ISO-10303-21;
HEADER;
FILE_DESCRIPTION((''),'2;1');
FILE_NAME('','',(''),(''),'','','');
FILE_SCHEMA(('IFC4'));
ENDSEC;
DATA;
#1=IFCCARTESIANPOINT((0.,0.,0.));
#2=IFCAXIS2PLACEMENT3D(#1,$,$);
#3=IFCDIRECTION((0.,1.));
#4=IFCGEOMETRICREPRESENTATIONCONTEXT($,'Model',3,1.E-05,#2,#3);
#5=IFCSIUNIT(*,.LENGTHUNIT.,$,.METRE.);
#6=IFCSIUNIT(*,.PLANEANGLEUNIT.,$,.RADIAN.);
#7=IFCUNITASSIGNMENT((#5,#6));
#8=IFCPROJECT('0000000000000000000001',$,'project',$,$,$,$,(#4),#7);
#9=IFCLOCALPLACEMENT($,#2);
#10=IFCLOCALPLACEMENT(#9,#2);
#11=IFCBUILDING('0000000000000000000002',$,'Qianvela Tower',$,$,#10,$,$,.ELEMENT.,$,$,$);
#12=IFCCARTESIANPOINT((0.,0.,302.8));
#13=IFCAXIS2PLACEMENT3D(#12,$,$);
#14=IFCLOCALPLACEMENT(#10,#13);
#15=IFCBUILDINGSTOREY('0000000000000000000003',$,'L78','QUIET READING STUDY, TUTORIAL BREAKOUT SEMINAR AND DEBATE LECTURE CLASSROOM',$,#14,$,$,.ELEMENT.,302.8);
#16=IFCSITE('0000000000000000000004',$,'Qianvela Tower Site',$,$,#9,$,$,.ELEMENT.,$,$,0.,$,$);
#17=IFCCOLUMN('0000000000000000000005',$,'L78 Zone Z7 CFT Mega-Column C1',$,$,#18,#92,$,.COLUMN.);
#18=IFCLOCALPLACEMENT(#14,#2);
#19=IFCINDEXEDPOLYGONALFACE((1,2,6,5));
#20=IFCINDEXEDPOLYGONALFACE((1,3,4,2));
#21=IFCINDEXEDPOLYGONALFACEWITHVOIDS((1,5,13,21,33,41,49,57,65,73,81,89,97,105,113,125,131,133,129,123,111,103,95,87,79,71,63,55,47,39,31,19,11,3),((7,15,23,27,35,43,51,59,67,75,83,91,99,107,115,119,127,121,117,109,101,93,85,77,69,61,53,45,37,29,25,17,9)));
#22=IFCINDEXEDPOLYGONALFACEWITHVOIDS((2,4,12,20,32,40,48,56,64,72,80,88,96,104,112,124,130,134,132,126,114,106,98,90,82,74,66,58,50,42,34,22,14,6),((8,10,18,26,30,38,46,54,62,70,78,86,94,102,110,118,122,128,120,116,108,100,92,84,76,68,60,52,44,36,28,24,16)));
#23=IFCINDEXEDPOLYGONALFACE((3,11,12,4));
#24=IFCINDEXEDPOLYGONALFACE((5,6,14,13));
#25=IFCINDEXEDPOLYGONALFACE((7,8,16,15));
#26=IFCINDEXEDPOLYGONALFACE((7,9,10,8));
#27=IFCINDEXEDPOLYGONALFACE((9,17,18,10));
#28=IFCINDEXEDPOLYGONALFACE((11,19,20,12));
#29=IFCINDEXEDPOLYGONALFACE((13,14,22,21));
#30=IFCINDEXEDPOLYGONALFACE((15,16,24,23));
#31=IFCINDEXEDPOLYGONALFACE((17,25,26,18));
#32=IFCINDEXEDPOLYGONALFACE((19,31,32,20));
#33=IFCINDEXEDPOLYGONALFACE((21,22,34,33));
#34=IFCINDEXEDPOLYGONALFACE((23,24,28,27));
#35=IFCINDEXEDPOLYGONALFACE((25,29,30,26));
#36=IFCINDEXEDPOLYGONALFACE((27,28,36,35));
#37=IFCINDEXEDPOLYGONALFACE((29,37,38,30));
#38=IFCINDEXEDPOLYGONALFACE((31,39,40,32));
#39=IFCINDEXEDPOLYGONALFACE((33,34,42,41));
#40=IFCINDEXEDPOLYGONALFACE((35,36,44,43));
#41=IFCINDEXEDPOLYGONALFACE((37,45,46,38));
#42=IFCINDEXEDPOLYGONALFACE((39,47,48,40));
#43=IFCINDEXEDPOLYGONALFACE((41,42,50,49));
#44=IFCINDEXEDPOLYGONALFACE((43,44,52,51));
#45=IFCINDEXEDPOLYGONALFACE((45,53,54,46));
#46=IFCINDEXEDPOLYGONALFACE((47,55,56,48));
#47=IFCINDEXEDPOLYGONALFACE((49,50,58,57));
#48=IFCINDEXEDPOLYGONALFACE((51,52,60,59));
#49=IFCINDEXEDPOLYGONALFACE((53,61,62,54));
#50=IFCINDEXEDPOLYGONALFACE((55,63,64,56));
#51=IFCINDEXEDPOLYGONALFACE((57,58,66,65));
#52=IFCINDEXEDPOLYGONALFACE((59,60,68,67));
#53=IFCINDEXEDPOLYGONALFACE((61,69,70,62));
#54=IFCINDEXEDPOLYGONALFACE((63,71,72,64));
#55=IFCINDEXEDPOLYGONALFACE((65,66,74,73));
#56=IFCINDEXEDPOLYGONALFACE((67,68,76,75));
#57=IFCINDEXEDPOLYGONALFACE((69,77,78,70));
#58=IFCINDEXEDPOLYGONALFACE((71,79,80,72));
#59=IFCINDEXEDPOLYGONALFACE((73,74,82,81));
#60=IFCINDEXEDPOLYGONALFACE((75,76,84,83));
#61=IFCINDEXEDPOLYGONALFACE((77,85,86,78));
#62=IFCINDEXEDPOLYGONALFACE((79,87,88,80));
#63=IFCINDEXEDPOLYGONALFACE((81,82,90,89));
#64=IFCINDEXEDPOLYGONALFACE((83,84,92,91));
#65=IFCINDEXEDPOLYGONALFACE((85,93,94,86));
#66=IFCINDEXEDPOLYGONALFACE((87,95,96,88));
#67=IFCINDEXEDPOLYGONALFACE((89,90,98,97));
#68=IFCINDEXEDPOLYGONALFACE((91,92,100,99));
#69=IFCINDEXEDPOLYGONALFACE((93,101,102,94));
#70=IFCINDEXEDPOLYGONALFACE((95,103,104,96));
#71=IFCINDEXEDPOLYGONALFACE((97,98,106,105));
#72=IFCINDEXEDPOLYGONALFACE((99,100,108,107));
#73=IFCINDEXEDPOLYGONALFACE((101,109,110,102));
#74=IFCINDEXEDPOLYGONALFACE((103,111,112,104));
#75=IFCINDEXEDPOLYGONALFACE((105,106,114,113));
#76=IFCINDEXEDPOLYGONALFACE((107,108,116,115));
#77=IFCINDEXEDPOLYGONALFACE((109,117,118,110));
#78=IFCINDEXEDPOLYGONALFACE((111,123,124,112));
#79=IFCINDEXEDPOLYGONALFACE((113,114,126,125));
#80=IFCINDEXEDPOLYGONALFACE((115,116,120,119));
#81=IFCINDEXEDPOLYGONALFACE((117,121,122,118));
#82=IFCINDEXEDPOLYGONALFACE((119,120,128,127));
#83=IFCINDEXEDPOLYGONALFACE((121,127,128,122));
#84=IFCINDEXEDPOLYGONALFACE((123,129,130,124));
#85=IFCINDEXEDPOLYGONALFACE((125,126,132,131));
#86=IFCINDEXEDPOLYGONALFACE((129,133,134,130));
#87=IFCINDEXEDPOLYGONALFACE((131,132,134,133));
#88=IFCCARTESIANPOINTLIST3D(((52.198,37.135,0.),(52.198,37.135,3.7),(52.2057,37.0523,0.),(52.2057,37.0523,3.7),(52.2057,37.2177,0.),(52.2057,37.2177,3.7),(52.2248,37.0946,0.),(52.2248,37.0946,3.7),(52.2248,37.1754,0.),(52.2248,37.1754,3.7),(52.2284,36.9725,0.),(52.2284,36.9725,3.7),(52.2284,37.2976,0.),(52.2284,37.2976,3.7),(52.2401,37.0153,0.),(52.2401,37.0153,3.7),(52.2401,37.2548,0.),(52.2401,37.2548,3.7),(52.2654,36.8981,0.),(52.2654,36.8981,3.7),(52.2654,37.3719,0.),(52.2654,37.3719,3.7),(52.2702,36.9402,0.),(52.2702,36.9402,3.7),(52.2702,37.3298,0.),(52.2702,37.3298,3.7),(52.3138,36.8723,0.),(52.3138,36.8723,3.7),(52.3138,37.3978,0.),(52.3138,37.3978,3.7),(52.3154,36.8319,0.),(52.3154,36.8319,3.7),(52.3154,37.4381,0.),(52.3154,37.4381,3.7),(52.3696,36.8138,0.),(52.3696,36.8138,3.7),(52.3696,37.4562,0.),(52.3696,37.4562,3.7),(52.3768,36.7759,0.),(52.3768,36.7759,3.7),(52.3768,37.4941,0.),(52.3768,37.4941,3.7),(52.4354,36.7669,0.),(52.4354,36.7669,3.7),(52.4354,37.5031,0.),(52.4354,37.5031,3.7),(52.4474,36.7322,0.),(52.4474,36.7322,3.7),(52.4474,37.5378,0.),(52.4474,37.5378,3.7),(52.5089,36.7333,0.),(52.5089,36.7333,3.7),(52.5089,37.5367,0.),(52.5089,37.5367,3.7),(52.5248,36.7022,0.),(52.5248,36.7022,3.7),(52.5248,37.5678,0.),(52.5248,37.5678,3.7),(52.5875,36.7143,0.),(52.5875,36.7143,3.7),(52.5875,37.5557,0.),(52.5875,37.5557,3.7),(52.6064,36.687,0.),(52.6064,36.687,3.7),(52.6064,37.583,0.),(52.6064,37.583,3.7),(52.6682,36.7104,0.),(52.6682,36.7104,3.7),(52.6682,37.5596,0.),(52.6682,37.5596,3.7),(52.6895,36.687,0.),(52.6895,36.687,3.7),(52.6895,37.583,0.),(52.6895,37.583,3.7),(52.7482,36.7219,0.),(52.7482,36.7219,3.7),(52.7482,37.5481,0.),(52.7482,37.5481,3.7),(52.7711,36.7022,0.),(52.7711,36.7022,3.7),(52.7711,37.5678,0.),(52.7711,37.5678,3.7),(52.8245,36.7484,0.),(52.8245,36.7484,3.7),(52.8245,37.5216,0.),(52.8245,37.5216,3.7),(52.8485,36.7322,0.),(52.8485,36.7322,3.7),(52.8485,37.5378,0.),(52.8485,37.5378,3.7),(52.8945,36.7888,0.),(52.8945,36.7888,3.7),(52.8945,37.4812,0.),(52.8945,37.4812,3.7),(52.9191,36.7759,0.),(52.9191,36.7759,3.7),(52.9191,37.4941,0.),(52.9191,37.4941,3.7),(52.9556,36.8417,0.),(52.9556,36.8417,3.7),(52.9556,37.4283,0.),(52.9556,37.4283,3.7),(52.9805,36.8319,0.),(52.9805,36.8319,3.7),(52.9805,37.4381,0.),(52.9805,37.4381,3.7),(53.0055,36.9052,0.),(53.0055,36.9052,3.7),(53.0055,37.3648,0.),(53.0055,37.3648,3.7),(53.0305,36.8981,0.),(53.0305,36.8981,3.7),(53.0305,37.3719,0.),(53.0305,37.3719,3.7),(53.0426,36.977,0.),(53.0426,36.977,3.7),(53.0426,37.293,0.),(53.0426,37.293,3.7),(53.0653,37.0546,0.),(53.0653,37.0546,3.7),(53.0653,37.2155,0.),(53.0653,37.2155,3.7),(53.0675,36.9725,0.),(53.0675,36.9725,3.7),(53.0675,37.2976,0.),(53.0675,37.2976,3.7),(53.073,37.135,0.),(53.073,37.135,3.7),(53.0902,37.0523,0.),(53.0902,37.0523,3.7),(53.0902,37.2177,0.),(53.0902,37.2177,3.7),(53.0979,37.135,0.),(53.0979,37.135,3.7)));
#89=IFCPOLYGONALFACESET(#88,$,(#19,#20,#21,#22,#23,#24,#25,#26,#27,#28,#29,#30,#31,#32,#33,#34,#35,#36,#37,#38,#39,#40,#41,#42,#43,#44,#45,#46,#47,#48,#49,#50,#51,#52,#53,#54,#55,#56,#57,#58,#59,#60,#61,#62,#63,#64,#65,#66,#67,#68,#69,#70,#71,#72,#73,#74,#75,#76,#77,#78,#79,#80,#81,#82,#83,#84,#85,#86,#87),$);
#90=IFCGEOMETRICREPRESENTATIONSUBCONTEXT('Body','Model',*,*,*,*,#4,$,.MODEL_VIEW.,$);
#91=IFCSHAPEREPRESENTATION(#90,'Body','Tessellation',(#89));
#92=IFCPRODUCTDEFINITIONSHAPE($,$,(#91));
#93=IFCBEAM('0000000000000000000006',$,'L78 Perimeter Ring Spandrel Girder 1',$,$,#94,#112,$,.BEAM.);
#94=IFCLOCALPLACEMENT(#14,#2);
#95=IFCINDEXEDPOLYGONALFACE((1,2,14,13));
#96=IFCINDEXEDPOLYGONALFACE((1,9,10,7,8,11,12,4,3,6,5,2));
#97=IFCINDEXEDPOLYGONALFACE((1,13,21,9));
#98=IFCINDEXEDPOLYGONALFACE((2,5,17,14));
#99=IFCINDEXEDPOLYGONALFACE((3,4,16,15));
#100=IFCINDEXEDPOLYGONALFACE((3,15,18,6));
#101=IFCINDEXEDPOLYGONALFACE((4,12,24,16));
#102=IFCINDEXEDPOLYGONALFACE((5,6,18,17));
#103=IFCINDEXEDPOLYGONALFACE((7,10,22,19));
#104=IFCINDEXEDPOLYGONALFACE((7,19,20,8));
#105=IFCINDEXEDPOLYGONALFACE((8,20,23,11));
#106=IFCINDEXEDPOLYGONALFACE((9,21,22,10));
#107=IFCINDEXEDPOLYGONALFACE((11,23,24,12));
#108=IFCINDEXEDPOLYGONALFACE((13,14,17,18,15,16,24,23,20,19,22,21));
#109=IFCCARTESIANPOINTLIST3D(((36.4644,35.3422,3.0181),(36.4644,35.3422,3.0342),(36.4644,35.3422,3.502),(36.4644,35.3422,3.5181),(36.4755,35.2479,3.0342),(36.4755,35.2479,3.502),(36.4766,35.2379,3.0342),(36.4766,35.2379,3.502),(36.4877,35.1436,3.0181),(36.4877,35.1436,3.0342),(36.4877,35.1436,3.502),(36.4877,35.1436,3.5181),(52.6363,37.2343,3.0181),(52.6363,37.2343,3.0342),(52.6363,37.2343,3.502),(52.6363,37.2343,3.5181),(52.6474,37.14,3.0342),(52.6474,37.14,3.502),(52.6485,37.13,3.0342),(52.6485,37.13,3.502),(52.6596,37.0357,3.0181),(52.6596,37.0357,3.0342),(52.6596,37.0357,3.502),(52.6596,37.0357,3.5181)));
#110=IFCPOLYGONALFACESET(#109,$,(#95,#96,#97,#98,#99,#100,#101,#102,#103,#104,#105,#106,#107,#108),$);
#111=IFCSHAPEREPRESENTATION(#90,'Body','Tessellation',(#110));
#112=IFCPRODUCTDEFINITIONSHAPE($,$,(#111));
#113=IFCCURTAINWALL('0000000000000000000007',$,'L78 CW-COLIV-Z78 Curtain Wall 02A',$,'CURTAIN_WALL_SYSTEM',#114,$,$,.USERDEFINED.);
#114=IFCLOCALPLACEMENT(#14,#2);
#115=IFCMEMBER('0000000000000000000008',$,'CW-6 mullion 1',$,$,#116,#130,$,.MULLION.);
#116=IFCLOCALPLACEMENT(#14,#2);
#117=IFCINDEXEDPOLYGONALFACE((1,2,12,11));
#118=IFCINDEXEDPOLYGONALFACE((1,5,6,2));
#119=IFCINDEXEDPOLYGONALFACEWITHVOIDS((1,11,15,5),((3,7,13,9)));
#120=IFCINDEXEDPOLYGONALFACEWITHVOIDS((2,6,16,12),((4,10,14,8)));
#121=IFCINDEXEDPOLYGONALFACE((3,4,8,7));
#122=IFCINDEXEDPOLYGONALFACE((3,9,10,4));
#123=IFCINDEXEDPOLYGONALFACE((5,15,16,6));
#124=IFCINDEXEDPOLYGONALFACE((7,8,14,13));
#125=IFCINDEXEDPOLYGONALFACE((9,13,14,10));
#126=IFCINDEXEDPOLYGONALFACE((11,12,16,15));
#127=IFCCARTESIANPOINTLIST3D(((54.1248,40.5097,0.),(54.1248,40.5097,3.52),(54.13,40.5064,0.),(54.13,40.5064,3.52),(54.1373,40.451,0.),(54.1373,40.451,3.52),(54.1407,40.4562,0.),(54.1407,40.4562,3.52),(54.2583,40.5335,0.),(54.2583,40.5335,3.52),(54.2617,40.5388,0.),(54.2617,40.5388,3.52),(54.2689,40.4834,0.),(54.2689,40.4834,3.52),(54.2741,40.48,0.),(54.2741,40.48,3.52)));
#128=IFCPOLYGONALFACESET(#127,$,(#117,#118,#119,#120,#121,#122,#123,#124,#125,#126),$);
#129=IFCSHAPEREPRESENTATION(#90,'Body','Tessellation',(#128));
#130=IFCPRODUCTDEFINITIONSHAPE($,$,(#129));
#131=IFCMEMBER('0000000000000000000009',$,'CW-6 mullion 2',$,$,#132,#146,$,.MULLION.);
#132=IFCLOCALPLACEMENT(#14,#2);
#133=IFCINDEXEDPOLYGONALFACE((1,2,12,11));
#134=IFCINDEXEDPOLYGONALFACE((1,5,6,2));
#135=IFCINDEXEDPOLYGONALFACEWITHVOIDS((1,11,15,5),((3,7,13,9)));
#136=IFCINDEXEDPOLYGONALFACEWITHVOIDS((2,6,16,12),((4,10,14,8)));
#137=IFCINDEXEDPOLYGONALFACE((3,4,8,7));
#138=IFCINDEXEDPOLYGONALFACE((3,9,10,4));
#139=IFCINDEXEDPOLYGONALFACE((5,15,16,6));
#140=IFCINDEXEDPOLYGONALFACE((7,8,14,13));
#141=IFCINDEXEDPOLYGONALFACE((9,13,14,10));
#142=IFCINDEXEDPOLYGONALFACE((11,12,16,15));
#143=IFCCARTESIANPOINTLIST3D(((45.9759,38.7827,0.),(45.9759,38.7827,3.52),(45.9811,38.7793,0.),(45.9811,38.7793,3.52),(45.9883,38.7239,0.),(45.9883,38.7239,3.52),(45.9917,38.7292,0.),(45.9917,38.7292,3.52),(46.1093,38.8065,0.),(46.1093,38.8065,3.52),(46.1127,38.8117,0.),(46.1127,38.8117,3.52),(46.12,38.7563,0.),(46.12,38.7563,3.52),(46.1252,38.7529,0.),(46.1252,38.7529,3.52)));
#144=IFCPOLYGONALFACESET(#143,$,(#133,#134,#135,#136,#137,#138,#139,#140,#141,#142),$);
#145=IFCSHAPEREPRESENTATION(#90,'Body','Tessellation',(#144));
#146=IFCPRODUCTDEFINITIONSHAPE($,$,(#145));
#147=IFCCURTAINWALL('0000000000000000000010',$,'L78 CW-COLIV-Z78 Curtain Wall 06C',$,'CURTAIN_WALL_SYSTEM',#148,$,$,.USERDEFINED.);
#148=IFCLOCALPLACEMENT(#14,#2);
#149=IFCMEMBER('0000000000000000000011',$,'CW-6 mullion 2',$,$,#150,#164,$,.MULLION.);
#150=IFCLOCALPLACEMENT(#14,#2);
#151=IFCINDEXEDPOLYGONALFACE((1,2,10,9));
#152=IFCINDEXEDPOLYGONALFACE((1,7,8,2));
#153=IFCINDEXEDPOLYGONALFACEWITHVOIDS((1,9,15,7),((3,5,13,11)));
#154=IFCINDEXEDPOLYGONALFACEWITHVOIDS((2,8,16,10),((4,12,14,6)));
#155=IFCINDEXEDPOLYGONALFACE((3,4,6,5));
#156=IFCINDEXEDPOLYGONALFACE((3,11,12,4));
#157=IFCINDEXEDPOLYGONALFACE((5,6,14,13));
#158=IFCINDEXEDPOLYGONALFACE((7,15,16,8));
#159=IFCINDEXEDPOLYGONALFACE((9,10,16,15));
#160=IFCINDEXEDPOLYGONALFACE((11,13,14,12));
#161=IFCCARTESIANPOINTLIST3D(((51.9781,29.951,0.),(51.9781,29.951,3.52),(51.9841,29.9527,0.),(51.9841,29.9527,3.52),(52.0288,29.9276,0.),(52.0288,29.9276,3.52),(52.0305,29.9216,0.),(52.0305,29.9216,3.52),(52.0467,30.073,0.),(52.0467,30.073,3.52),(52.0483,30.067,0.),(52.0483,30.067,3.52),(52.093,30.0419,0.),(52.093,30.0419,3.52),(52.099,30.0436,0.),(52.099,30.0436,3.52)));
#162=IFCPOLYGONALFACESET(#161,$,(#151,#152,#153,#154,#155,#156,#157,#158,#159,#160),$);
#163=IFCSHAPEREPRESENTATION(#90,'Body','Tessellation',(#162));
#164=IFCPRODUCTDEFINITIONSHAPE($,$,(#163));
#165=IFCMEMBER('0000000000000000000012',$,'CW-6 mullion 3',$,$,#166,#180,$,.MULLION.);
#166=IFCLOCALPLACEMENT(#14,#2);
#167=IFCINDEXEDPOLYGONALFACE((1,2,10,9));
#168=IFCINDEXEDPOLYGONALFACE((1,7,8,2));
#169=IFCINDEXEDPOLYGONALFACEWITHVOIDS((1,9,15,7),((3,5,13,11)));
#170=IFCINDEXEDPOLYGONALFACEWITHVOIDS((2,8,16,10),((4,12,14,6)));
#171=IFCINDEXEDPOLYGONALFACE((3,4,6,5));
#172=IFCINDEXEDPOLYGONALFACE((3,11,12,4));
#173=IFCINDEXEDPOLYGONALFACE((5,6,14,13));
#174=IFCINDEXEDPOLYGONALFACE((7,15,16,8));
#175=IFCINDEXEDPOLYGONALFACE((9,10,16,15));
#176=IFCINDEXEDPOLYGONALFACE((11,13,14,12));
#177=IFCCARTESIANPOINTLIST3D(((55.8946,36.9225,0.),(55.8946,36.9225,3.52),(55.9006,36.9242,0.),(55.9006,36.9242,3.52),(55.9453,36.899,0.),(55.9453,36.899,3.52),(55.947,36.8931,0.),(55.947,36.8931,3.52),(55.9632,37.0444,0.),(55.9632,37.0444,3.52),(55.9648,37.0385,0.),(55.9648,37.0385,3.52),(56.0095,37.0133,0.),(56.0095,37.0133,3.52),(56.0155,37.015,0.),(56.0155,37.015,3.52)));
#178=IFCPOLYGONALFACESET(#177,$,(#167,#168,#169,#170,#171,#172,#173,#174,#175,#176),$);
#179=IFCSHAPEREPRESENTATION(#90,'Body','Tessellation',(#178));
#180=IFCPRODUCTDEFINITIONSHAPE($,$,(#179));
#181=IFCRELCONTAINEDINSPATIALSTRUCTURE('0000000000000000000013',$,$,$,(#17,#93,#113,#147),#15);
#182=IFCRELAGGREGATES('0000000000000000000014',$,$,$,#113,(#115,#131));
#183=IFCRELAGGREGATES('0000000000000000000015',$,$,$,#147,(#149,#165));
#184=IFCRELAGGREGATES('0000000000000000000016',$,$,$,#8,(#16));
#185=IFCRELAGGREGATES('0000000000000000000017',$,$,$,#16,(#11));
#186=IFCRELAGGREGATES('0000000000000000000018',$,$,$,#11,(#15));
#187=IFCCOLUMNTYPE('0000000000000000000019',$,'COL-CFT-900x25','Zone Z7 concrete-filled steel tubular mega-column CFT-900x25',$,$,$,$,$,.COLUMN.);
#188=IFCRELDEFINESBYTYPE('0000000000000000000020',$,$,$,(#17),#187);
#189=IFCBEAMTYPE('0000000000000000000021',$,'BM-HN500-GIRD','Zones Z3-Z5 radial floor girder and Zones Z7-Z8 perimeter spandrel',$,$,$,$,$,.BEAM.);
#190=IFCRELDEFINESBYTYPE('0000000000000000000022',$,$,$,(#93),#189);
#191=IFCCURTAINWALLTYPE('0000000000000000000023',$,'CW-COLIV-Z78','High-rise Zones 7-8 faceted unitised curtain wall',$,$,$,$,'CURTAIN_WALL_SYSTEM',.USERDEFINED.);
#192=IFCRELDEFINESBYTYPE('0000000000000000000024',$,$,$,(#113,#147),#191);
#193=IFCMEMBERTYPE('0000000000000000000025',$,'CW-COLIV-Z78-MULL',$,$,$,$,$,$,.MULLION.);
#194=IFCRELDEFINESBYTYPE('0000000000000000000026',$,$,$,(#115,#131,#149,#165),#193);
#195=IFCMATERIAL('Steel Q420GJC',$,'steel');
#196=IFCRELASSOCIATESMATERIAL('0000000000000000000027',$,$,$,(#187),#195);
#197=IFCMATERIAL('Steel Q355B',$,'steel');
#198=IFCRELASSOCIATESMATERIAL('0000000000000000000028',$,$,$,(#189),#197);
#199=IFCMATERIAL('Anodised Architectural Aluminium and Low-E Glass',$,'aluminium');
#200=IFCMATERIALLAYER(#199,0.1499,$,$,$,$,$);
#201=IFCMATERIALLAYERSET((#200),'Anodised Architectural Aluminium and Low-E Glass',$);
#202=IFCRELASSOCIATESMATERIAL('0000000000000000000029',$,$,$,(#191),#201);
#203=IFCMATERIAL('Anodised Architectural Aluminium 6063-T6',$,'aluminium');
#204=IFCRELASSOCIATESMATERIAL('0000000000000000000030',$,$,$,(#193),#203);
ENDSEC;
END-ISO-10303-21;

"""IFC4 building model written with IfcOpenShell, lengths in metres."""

from ifc_helpers import new_model, si_unit, direction, frame, origin, origin_2d, place, context, subcontext, project, spatial, hollow_rectangle, hollow_circle, i_section, extrude, material, layer, layer_set, material_profile, profile_set, type_object, element, aggregate, save


model = new_model("IFC4")

# Units and contexts
model_context = context("Model", 3, precision=1e-05, world=origin(), true_north=direction((0.0, 1.0)))
body_context = subcontext(model_context, "Body", "Model", "MODEL_VIEW")
ifc_project = project(units=[si_unit("LENGTHUNIT", "METRE"), si_unit("PLANEANGLEUNIT", "RADIAN")], contexts=[model_context])

# Site, building, storey
site_placement = place(None, origin())
site = spatial("IfcSite", under=ifc_project, at=site_placement, Name="Qianvela Tower Site", CompositionType="ELEMENT", RefElevation=0.0)
building_placement = place(site_placement, origin())
building = spatial("IfcBuilding", under=site, at=building_placement, Name="Qianvela Tower", CompositionType="ELEMENT")
storey_placement = place(building_placement, frame((0.0, 0.0, 302.8)))
storey = spatial("IfcBuildingStorey", under=building, at=storey_placement, Name="L78", Description="QUIET READING STUDY, TUTORIAL BREAKOUT SEMINAR AND DEBATE LECTURE CLASSROOM", CompositionType="ELEMENT", Elevation=302.8)

# Column
ifc_material_1 = material(Name="Steel Q420GJC", Category="steel")
ifc_material_profile_1 = material_profile(ifc_material_1, hollow_circle(Radius=0.45, WallThickness=0.0249, at=origin_2d()), Name="CFT-900x25")
ifc_profile_set_1 = profile_set([ifc_material_profile_1], Name="Steel Q420GJC")
column_type = type_object("IfcColumnType", Name="COL-CFT-900x25", Description="Zone Z7 concrete-filled steel tubular mega-column CFT-900x25", PredefinedType="COLUMN", material=ifc_profile_set_1)
column_placement = place(storey_placement, frame((52.6479, 37.135, 0.0), z_axis=(0.0, 0.0, 1.0), x_axis=(1.0, 0.0, 0.0)))
element("IfcColumn", 1, at=column_placement, inside=storey, type_object=column_type, Name="L78 Zone Z7 CFT Mega-Column C1", PredefinedType="COLUMN", context=body_context, shape_type="SweptSolid", body=[
    extrude(hollow_circle(Radius=0.45, WallThickness=0.0249, at=origin_2d()), origin(), (0.0, 0.0, 1.0), 3.7),
])

# Beam
ifc_material_2 = material(Name="Steel Q355B", Category="steel")
ifc_material_profile_2 = material_profile(ifc_material_2, i_section(OverallWidth=0.2, OverallDepth=0.5, WebThickness=0.01, FlangeThickness=0.0161, at=origin_2d()), Name="HN500x200x10x16")
ifc_profile_set_2 = profile_set([ifc_material_profile_2], Name="Steel Q355B")
beam_type = type_object("IfcBeamType", Name="BM-HN500-GIRD", Description="Zones Z3-Z5 radial floor girder and Zones Z7-Z8 perimeter spandrel", PredefinedType="BEAM", material=ifc_profile_set_2)
beam_placement = place(storey_placement, frame((52.6479, 37.135, 3.2681), z_axis=(-0.993225, -0.116206, 0.0), x_axis=(0.116206, -0.993225, 0.0)))
element("IfcBeam", 2, at=beam_placement, inside=storey, type_object=beam_type, Name="L78 Perimeter Ring Spandrel Girder 1", PredefinedType="BEAM", context=body_context, shape_type="SweptSolid", body=[
    extrude(i_section(OverallWidth=0.2, OverallDepth=0.5, WebThickness=0.01, FlangeThickness=0.0161, at=origin_2d()), origin(), (0.0, 0.0, 1.0), 16.2822),
])

# Curtain walls, members
ifc_material_3 = material(Name="Anodised Architectural Aluminium and Low-E Glass", Category="aluminium")
ifc_layer_1 = layer(ifc_material_3, 0.1499)
ifc_layer_set_1 = layer_set([ifc_layer_1], Name="Anodised Architectural Aluminium and Low-E Glass")
curtain_wall_type = type_object("IfcCurtainWallType", Name="CW-COLIV-Z78", Description="High-rise Zones 7-8 faceted unitised curtain wall", ElementType="CURTAIN_WALL_SYSTEM", PredefinedType="USERDEFINED", material=ifc_layer_set_1)
curtain_wall_1_placement = place(storey_placement, origin())
curtain_wall_1 = element("IfcCurtainWall", 3, at=curtain_wall_1_placement, inside=storey, type_object=curtain_wall_type, Name="L78 CW-COLIV-Z78 Curtain Wall 02A", ObjectType="CURTAIN_WALL_SYSTEM", PredefinedType="USERDEFINED")
ifc_material_4 = material(Name="Anodised Architectural Aluminium 6063-T6", Category="aluminium")
ifc_material_profile_3 = material_profile(ifc_material_4, hollow_rectangle(XDim=0.0601, YDim=0.1399, WallThickness=0.0044, at=origin_2d()), Name="ALU-MULL-60x140")
ifc_profile_set_3 = profile_set([ifc_material_profile_3], Name="Anodised Architectural Aluminium 6063-T6")
member_type_1 = type_object("IfcMemberType", Name="CW-COLIV-Z78-MULL", PredefinedType="MULLION", material=ifc_profile_set_3)
member_1_placement = place(storey_placement, frame((54.1995, 40.4949, 0.0), z_axis=(0.0, 0.0, 1.0), x_axis=(0.207345, -0.978268, 0.0)))
member_1 = element("IfcMember", 4, at=member_1_placement, type_object=member_type_1, Name="CW-6 mullion 1", PredefinedType="MULLION", context=body_context, shape_type="SweptSolid", body=[
    extrude(hollow_rectangle(XDim=0.0601, YDim=0.1399, WallThickness=0.0044, at=origin_2d()), origin(), (0.0, 0.0, 1.0), 3.52),
])
member_2_placement = place(storey_placement, frame((46.0505, 38.7678, 0.0), z_axis=(0.0, 0.0, 1.0), x_axis=(0.207345, -0.978268, 0.0)))
member_2 = element("IfcMember", 5, at=member_2_placement, type_object=member_type_1, Name="CW-6 mullion 2", PredefinedType="MULLION", context=body_context, shape_type="SweptSolid", body=[
    extrude(hollow_rectangle(XDim=0.0601, YDim=0.1399, WallThickness=0.0044, at=origin_2d()), origin(), (0.0, 0.0, 1.0), 3.52),
])
curtain_wall_2_placement = place(storey_placement, origin())
curtain_wall_2 = element("IfcCurtainWall", 6, at=curtain_wall_2_placement, inside=storey, type_object=curtain_wall_type, Name="L78 CW-COLIV-Z78 Curtain Wall 06C", ObjectType="CURTAIN_WALL_SYSTEM", PredefinedType="USERDEFINED")
member_3_placement = place(storey_placement, frame((52.0386, 29.9973, 0.0), z_axis=(0.0, 0.0, 1.0), x_axis=(-0.871838, 0.489794, 0.0)))
member_3 = element("IfcMember", 7, at=member_3_placement, type_object=member_type_1, Name="CW-6 mullion 2", PredefinedType="MULLION", context=body_context, shape_type="SweptSolid", body=[
    extrude(hollow_rectangle(XDim=0.0601, YDim=0.1399, WallThickness=0.0044, at=origin_2d()), origin(), (0.0, 0.0, 1.0), 3.52),
])
member_4_placement = place(storey_placement, frame((55.9551, 36.9688, 0.0), z_axis=(0.0, 0.0, 1.0), x_axis=(-0.871838, 0.489794, 0.0)))
member_4 = element("IfcMember", 8, at=member_4_placement, type_object=member_type_1, Name="CW-6 mullion 3", PredefinedType="MULLION", context=body_context, shape_type="SweptSolid", body=[
    extrude(hollow_rectangle(XDim=0.0601, YDim=0.1399, WallThickness=0.0044, at=origin_2d()), origin(), (0.0, 0.0, 1.0), 3.52),
])

aggregate(curtain_wall_1, [member_1, member_2])
aggregate(curtain_wall_2, [member_3, member_4])

save(model, "model.ifc")
